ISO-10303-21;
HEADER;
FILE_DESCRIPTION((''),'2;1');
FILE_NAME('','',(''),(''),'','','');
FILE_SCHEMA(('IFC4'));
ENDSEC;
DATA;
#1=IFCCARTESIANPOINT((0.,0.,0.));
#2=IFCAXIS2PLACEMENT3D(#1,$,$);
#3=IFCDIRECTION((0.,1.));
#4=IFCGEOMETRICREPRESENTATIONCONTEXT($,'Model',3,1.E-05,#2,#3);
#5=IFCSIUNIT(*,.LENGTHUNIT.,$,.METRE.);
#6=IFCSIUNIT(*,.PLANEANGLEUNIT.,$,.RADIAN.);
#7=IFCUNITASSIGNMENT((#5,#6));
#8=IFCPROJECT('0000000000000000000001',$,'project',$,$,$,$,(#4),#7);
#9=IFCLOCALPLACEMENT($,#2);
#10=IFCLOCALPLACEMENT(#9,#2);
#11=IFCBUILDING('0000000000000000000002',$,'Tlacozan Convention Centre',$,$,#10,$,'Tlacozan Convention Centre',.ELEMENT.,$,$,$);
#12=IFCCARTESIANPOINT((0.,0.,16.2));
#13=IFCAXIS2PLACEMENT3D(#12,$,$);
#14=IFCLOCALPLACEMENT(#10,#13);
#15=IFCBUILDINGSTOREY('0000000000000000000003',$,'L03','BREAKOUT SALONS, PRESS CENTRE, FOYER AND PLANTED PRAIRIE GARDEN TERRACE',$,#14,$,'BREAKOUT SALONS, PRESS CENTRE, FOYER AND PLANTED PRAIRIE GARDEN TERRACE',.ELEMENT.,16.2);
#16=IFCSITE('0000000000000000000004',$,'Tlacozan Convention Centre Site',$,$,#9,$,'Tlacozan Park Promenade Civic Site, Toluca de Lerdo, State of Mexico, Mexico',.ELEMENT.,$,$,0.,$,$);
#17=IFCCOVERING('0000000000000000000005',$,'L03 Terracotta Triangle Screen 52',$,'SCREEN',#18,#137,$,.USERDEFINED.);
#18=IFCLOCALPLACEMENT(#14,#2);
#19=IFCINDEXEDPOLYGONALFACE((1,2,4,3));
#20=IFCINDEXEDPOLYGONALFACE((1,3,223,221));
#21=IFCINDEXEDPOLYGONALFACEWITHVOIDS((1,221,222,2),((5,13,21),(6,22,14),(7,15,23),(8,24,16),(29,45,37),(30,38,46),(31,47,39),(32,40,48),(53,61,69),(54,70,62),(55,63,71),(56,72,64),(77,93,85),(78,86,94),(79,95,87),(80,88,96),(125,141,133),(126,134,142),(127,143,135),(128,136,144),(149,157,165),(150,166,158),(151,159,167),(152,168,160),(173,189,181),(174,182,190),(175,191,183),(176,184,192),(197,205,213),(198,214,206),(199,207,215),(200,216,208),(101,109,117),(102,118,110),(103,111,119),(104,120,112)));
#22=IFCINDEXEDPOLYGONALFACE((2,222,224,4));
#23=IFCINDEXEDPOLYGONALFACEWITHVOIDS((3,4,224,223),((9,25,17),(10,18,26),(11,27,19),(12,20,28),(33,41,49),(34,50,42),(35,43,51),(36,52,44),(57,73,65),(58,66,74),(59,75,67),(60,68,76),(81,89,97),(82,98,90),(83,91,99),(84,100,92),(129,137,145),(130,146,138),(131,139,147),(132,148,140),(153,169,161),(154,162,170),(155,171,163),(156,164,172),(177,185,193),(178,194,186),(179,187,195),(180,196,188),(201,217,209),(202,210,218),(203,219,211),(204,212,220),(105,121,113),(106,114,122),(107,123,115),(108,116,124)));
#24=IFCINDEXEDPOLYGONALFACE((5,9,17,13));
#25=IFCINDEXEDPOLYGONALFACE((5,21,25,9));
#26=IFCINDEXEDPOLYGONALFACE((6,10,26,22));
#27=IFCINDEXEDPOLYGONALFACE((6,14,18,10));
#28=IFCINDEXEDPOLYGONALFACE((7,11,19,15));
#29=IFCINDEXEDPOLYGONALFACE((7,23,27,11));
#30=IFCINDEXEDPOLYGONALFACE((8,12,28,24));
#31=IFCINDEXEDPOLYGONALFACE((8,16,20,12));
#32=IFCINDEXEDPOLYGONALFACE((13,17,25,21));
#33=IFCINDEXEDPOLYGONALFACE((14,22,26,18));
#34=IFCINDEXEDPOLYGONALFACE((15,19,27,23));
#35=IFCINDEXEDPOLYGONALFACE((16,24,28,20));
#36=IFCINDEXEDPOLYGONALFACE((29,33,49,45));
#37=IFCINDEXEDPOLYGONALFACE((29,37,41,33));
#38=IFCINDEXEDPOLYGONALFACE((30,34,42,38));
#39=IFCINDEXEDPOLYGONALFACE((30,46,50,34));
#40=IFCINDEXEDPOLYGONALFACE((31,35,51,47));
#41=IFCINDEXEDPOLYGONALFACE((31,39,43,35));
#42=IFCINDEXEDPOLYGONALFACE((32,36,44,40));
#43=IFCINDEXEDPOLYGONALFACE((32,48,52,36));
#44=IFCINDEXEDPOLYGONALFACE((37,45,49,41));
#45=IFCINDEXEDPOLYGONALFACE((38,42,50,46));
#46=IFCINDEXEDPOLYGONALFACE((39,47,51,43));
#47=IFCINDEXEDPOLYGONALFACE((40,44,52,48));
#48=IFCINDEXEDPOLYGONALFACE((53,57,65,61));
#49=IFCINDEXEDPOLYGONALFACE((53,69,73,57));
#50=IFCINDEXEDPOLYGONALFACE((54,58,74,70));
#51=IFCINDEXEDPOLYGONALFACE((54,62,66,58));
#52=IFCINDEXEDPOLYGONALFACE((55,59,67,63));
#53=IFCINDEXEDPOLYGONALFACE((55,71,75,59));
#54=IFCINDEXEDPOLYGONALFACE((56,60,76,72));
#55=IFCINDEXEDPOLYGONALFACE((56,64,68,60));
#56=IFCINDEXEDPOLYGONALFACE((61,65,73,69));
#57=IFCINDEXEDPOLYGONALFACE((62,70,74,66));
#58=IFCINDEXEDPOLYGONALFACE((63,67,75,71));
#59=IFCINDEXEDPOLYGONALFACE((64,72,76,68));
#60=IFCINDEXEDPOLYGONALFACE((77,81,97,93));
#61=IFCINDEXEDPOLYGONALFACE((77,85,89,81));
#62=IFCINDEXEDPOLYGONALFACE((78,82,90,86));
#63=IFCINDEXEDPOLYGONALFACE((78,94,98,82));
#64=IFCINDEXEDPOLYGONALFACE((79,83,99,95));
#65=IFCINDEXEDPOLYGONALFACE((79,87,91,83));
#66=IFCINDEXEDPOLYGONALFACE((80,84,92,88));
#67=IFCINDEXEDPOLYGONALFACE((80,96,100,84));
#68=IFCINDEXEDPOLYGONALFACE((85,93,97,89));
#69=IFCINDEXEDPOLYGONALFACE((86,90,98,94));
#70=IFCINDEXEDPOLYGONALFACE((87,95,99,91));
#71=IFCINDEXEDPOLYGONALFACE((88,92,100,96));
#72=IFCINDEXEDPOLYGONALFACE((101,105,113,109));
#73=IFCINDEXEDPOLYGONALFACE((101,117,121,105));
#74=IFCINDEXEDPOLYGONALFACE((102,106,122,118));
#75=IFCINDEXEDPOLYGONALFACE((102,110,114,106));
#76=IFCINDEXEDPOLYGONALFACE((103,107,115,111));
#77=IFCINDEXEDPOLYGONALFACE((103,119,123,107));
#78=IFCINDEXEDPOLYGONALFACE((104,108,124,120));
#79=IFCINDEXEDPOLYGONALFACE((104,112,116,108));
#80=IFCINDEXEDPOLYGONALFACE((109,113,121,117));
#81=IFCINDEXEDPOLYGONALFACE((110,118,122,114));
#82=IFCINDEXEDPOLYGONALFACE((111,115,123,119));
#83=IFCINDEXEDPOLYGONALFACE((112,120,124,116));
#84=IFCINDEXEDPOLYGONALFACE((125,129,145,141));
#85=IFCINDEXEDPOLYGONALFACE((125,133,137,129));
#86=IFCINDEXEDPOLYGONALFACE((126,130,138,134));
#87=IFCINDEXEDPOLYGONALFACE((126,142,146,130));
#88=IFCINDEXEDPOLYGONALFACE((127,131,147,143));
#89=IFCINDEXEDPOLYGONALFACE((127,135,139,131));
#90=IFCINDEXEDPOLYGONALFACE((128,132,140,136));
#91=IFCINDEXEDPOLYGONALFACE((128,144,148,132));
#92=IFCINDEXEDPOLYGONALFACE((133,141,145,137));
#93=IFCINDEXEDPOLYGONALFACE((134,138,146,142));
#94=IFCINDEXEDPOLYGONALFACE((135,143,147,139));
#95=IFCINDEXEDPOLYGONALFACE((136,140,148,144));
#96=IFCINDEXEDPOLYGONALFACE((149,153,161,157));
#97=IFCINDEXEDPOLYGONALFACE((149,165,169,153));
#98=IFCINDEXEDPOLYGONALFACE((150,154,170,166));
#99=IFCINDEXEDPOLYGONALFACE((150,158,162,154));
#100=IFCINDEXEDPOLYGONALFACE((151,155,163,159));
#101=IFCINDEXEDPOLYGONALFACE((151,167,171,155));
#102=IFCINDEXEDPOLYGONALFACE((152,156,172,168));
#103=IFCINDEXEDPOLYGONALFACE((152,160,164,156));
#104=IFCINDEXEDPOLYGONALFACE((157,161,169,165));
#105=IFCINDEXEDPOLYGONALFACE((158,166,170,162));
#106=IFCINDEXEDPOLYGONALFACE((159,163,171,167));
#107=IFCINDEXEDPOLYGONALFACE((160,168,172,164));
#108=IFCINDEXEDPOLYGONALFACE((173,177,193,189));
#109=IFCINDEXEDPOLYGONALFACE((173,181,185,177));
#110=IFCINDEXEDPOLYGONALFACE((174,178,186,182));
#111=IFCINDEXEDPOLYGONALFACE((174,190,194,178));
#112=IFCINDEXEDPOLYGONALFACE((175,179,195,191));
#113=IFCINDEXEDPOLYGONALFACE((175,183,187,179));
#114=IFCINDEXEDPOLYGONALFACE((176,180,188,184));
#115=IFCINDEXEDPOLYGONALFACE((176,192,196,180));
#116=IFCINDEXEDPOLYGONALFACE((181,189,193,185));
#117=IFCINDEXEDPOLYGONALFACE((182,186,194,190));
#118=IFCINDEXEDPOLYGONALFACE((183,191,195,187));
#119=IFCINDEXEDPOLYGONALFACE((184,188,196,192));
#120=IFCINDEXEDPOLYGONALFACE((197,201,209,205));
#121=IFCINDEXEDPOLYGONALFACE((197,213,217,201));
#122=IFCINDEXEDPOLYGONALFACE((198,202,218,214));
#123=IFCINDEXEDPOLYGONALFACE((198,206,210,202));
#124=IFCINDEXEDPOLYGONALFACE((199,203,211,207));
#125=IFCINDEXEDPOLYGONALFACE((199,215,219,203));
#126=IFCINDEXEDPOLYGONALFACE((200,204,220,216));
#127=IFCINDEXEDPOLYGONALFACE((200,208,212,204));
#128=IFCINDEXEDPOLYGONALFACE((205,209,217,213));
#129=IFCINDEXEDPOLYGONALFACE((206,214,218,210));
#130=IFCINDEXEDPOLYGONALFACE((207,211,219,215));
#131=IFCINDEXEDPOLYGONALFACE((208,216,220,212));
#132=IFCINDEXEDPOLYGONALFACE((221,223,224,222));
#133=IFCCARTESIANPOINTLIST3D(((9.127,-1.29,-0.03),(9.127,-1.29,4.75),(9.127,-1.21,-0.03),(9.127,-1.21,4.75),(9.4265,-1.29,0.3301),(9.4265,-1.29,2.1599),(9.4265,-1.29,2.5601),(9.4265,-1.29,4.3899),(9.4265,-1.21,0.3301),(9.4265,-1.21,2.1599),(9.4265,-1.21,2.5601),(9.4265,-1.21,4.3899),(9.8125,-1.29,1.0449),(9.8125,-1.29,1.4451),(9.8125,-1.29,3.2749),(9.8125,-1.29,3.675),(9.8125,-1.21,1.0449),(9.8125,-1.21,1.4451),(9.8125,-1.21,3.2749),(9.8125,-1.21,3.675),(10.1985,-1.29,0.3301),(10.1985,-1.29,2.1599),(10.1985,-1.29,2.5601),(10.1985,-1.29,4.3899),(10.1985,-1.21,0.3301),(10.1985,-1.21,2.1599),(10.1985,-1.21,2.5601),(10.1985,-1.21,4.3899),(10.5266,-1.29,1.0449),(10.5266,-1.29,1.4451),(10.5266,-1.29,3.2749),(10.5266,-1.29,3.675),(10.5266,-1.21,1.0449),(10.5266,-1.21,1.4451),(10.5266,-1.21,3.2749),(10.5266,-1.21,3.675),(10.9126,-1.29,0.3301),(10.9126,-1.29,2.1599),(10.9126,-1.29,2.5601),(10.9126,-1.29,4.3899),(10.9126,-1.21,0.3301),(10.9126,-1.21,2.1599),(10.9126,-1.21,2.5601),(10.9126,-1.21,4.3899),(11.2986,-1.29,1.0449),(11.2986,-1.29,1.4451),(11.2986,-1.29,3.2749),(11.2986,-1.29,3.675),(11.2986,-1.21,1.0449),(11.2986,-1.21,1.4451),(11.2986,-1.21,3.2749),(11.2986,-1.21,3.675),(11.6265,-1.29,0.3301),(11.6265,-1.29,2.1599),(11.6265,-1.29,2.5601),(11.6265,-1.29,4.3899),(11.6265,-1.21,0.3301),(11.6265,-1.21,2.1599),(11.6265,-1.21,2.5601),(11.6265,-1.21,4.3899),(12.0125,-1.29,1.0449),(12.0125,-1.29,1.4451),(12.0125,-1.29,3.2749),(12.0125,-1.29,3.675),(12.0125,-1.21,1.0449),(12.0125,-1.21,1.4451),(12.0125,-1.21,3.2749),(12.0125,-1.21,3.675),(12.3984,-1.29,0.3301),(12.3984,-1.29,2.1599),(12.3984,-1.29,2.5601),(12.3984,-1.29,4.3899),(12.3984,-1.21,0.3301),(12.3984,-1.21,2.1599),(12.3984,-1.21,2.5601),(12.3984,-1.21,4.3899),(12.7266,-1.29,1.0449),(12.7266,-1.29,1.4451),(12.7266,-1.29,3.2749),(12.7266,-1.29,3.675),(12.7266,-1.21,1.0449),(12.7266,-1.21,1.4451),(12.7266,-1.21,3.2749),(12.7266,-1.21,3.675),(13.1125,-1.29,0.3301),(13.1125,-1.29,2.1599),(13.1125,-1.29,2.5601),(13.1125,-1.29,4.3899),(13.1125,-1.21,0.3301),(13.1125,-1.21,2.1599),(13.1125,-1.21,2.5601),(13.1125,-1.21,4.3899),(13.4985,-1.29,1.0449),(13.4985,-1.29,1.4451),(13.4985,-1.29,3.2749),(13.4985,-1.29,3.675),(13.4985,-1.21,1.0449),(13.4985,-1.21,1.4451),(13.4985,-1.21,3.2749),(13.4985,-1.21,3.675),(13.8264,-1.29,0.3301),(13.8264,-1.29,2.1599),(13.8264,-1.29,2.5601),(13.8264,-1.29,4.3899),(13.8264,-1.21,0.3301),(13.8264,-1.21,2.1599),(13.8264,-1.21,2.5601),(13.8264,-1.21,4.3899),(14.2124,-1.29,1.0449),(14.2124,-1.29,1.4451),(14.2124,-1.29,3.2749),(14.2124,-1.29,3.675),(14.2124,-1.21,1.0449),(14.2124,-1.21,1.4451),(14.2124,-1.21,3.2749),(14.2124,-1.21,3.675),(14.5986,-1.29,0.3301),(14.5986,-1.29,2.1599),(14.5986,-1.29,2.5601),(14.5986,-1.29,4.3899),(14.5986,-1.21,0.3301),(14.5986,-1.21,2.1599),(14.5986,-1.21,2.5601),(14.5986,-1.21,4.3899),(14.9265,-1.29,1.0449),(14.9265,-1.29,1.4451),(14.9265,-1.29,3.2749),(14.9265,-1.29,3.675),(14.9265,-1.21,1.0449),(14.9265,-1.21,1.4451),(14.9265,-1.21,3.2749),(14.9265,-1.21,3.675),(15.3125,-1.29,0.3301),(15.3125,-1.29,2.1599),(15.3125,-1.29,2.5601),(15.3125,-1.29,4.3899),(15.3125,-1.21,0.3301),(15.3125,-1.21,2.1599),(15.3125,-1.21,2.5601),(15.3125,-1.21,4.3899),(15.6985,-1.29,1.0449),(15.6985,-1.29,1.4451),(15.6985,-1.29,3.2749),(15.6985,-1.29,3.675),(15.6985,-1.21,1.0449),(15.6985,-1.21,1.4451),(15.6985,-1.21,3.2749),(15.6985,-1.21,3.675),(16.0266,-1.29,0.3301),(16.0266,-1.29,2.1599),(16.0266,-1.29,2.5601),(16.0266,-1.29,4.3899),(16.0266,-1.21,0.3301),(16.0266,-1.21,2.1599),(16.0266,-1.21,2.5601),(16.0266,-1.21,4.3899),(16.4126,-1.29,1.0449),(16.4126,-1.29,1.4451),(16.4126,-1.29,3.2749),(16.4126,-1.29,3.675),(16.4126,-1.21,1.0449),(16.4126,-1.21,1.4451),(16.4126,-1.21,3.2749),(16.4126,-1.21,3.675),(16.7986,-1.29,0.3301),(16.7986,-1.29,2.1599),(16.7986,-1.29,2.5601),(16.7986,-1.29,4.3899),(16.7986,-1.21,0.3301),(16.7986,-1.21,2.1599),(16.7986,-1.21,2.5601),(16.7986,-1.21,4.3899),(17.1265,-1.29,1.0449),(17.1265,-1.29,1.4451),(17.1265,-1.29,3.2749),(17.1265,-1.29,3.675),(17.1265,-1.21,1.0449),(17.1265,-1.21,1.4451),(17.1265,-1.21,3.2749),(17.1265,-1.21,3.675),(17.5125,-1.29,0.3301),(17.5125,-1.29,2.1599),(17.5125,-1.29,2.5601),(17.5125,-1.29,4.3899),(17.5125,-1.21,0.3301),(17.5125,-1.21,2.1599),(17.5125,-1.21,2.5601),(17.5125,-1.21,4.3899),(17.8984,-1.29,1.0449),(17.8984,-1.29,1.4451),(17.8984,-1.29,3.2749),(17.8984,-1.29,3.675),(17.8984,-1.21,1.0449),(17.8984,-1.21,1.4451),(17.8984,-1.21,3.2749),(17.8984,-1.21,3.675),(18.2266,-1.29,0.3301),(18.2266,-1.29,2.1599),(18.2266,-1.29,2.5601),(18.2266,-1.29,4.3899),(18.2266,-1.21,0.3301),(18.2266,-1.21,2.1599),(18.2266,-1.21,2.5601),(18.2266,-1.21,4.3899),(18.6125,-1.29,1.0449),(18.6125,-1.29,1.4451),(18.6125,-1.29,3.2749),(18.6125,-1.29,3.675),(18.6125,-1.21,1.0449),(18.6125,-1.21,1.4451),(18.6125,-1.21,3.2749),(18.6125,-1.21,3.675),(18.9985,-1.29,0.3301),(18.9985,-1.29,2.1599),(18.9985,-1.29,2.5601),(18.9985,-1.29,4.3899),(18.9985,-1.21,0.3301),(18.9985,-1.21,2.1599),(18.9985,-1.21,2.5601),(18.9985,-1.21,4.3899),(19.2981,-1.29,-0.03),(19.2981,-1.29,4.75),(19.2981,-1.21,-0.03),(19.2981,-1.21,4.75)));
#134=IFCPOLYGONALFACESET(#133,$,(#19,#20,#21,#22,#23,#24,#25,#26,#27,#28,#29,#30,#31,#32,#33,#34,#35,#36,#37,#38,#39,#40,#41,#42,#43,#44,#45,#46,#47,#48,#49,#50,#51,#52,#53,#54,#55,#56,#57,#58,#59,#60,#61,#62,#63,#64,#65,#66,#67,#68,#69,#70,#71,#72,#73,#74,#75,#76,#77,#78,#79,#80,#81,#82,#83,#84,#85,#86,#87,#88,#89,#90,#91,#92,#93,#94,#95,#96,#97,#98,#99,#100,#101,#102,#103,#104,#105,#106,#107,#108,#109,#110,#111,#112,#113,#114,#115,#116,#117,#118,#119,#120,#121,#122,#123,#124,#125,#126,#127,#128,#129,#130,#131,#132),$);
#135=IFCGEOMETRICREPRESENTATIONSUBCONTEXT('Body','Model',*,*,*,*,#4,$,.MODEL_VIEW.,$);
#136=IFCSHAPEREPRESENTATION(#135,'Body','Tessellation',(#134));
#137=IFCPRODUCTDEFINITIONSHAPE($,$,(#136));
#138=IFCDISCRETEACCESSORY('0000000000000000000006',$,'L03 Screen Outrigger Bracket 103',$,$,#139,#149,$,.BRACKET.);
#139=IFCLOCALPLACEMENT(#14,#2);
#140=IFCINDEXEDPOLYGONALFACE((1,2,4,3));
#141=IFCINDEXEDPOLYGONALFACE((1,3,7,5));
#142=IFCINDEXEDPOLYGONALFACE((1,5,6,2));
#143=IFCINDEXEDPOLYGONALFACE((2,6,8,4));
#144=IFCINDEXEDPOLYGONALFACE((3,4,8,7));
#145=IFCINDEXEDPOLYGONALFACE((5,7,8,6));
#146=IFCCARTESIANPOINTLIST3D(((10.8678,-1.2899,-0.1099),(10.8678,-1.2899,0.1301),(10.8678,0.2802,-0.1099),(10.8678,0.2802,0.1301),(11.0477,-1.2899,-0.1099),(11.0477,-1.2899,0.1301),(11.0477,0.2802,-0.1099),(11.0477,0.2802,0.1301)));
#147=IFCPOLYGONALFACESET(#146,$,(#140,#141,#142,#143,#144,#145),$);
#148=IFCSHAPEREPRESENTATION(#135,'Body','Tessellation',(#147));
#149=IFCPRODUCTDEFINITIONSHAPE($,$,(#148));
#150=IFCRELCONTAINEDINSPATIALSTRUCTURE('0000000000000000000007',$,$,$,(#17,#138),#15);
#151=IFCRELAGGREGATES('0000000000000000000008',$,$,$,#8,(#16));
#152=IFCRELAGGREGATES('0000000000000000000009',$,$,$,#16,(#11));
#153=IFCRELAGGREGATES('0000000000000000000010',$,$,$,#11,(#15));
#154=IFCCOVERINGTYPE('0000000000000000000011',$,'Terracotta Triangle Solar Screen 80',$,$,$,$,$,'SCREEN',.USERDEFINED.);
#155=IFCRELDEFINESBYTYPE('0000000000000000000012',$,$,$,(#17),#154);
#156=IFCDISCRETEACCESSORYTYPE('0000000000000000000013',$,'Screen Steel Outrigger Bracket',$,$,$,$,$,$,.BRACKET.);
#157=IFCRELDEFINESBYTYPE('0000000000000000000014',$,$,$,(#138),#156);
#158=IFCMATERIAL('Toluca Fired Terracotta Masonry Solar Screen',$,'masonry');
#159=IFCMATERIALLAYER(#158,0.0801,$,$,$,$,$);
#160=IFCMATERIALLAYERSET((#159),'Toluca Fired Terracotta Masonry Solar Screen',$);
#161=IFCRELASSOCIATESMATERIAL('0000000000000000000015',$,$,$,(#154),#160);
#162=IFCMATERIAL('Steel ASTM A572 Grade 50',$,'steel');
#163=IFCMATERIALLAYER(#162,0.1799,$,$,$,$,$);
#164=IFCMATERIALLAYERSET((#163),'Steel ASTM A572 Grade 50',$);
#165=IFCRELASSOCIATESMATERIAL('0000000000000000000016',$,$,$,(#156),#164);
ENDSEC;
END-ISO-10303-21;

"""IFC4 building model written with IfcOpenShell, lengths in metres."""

from ifc_helpers import new_model, si_unit, direction, frame, origin, origin_2d, place, context, subcontext, project, spatial, polyline, rectangle, outline, extrude, material, layer, layer_set, type_object, element, save


model = new_model("IFC4")

# Units and contexts
model_context = context("Model", 3, precision=1e-05, world=origin(), true_north=direction((0.0, 1.0)))
body_context = subcontext(model_context, "Body", "Model", "MODEL_VIEW")
ifc_project = project(units=[si_unit("LENGTHUNIT", "METRE"), si_unit("PLANEANGLEUNIT", "RADIAN")], contexts=[model_context])

# Site, building, storey
site_placement = place(None, origin())
site = spatial("IfcSite", under=ifc_project, at=site_placement, Name="Tlacozan Convention Centre Site", LongName="Tlacozan Park Promenade Civic Site, Toluca de Lerdo, State of Mexico, Mexico", CompositionType="ELEMENT", RefElevation=0.0)
building_placement = place(site_placement, origin())
building = spatial("IfcBuilding", under=site, at=building_placement, Name="Tlacozan Convention Centre", LongName="Tlacozan Convention Centre", CompositionType="ELEMENT")
storey_placement = place(building_placement, frame((0.0, 0.0, 16.2)))
storey = spatial("IfcBuildingStorey", under=building, at=storey_placement, Name="L03", Description="BREAKOUT SALONS, PRESS CENTRE, FOYER AND PLANTED PRAIRIE GARDEN TERRACE", LongName="BREAKOUT SALONS, PRESS CENTRE, FOYER AND PLANTED PRAIRIE GARDEN TERRACE", CompositionType="ELEMENT", Elevation=16.2)

# Covering
ifc_material_1 = material(Name="Toluca Fired Terracotta Masonry Solar Screen", Category="masonry")
ifc_layer_1 = layer(ifc_material_1, 0.0801)
ifc_layer_set_1 = layer_set([ifc_layer_1], Name="Toluca Fired Terracotta Masonry Solar Screen")
covering_type = type_object("IfcCoveringType", Name="Terracotta Triangle Solar Screen 80", ElementType="SCREEN", PredefinedType="USERDEFINED", material=ifc_layer_set_1)
covering_placement = place(storey_placement, frame((9.127, -1.25, -0.03), z_axis=(0.0, 0.0, 1.0), x_axis=(1.0, 0.0, 0.0)))
element("IfcCovering", 1, at=covering_placement, inside=storey, type_object=covering_type, Name="L03 Terracotta Triangle Screen 52", ObjectType="SCREEN", PredefinedType="USERDEFINED", context=body_context, shape_type="SweptSolid", body=[
    extrude(outline(polyline([(0.0, 0.0), (10.1711, 0.0), (10.1711, 4.78), (0.0, 4.78), (0.0, 0.0)]), holes=[polyline([(0.2996, 0.3601), (1.0715, 0.3601), (0.6855, 1.075), (0.2996, 0.3601)]), polyline([(1.3997, 1.075), (2.1716, 1.075), (1.7856, 0.3601), (1.3997, 1.075)]), polyline([(2.4995, 0.3601), (3.2715, 0.3601), (2.8855, 1.075), (2.4995, 0.3601)]), polyline([(3.5996, 1.075), (4.3716, 1.075), (3.9856, 0.3601), (3.5996, 1.075)]), polyline([(4.6995, 0.3601), (5.4717, 0.3601), (5.0854, 1.075), (4.6995, 0.3601)]), polyline([(5.7996, 1.075), (6.5715, 1.075), (6.1855, 0.3601), (5.7996, 1.075)]), polyline([(6.8997, 0.3601), (7.6716, 0.3601), (7.2856, 1.075), (6.8997, 0.3601)]), polyline([(7.9995, 1.075), (8.7715, 1.075), (8.3855, 0.3601), (7.9995, 1.075)]), polyline([(9.0996, 0.3601), (9.8716, 0.3601), (9.4856, 1.075), (9.0996, 0.3601)]), polyline([(0.2996, 2.1899), (1.0715, 2.1899), (0.6855, 1.4751), (0.2996, 2.1899)]), polyline([(1.3997, 1.4751), (2.1716, 1.4751), (1.7856, 2.1899), (1.3997, 1.4751)]), polyline([(2.4995, 2.1899), (3.2715, 2.1899), (2.8855, 1.4751), (2.4995, 2.1899)]), polyline([(3.5996, 1.4751), (4.3716, 1.4751), (3.9856, 2.1899), (3.5996, 1.4751)]), polyline([(4.6995, 2.1899), (5.4717, 2.1899), (5.0854, 1.4751), (4.6995, 2.1899)]), polyline([(5.7996, 1.4751), (6.5715, 1.4751), (6.1855, 2.1899), (5.7996, 1.4751)]), polyline([(6.8997, 2.1899), (7.6716, 2.1899), (7.2856, 1.4751), (6.8997, 2.1899)]), polyline([(7.9995, 1.4751), (8.7715, 1.4751), (8.3855, 2.1899), (7.9995, 1.4751)]), polyline([(9.0996, 2.1899), (9.8716, 2.1899), (9.4856, 1.4751), (9.0996, 2.1899)]), polyline([(0.2996, 2.5901), (1.0715, 2.5901), (0.6855, 3.3049), (0.2996, 2.5901)]), polyline([(1.3997, 3.3049), (2.1716, 3.3049), (1.7856, 2.5901), (1.3997, 3.3049)]), polyline([(2.4995, 2.5901), (3.2715, 2.5901), (2.8855, 3.3049), (2.4995, 2.5901)]), polyline([(3.5996, 3.3049), (4.3716, 3.3049), (3.9856, 2.5901), (3.5996, 3.3049)]), polyline([(4.6995, 2.5901), (5.4717, 2.5901), (5.0854, 3.3049), (4.6995, 2.5901)]), polyline([(5.7996, 3.3049), (6.5715, 3.3049), (6.1855, 2.5901), (5.7996, 3.3049)]), polyline([(6.8997, 2.5901), (7.6716, 2.5901), (7.2856, 3.3049), (6.8997, 2.5901)]), polyline([(7.9995, 3.3049), (8.7715, 3.3049), (8.3855, 2.5901), (7.9995, 3.3049)]), polyline([(9.0996, 2.5901), (9.8716, 2.5901), (9.4856, 3.3049), (9.0996, 2.5901)]), polyline([(0.2996, 4.4199), (1.0715, 4.4199), (0.6855, 3.7051), (0.2996, 4.4199)]), polyline([(1.3997, 3.7051), (2.1716, 3.7051), (1.7856, 4.4199), (1.3997, 3.7051)]), polyline([(2.4995, 4.4199), (3.2715, 4.4199), (2.8855, 3.7051), (2.4995, 4.4199)]), polyline([(3.5996, 3.7051), (4.3716, 3.7051), (3.9856, 4.4199), (3.5996, 3.7051)]), polyline([(4.6995, 4.4199), (5.4717, 4.4199), (5.0854, 3.7051), (4.6995, 4.4199)]), polyline([(5.7996, 3.7051), (6.5715, 3.7051), (6.1855, 4.4199), (5.7996, 3.7051)]), polyline([(6.8997, 4.4199), (7.6716, 4.4199), (7.2856, 3.7051), (6.8997, 4.4199)]), polyline([(7.9995, 3.7051), (8.7715, 3.7051), (8.3855, 4.4199), (7.9995, 3.7051)]), polyline([(9.0996, 4.4199), (9.8716, 4.4199), (9.4856, 3.7051), (9.0996, 4.4199)])]), frame((0.0, 0.04, 0.0), z_axis=(0.0, -1.0, 0.0), x_axis=(1.0, 0.0, 0.0)), (0.0, 0.0, 1.0), 0.0801),
])

# Discrete accessory
ifc_material_2 = material(Name="Steel ASTM A572 Grade 50", Category="steel")
ifc_layer_2 = layer(ifc_material_2, 0.1799)
ifc_layer_set_2 = layer_set([ifc_layer_2], Name="Steel ASTM A572 Grade 50")
discrete_accessory_type = type_object("IfcDiscreteAccessoryType", Name="Screen Steel Outrigger Bracket", PredefinedType="BRACKET", material=ifc_layer_set_2)
discrete_accessory_placement = place(storey_placement, frame((10.9578, -0.5049, -0.1099), z_axis=(0.0, 0.0, 1.0), x_axis=(0.0, 1.0, 0.0)))
element("IfcDiscreteAccessory", 2, at=discrete_accessory_placement, inside=storey, type_object=discrete_accessory_type, Name="L03 Screen Outrigger Bracket 103", PredefinedType="BRACKET", context=body_context, shape_type="SweptSolid", body=[
    extrude(rectangle(XDim=1.5701, YDim=0.1799, at=origin_2d()), origin(), (0.0, 0.0, 1.0), 0.24),
])

save(model, "model.ifc")
